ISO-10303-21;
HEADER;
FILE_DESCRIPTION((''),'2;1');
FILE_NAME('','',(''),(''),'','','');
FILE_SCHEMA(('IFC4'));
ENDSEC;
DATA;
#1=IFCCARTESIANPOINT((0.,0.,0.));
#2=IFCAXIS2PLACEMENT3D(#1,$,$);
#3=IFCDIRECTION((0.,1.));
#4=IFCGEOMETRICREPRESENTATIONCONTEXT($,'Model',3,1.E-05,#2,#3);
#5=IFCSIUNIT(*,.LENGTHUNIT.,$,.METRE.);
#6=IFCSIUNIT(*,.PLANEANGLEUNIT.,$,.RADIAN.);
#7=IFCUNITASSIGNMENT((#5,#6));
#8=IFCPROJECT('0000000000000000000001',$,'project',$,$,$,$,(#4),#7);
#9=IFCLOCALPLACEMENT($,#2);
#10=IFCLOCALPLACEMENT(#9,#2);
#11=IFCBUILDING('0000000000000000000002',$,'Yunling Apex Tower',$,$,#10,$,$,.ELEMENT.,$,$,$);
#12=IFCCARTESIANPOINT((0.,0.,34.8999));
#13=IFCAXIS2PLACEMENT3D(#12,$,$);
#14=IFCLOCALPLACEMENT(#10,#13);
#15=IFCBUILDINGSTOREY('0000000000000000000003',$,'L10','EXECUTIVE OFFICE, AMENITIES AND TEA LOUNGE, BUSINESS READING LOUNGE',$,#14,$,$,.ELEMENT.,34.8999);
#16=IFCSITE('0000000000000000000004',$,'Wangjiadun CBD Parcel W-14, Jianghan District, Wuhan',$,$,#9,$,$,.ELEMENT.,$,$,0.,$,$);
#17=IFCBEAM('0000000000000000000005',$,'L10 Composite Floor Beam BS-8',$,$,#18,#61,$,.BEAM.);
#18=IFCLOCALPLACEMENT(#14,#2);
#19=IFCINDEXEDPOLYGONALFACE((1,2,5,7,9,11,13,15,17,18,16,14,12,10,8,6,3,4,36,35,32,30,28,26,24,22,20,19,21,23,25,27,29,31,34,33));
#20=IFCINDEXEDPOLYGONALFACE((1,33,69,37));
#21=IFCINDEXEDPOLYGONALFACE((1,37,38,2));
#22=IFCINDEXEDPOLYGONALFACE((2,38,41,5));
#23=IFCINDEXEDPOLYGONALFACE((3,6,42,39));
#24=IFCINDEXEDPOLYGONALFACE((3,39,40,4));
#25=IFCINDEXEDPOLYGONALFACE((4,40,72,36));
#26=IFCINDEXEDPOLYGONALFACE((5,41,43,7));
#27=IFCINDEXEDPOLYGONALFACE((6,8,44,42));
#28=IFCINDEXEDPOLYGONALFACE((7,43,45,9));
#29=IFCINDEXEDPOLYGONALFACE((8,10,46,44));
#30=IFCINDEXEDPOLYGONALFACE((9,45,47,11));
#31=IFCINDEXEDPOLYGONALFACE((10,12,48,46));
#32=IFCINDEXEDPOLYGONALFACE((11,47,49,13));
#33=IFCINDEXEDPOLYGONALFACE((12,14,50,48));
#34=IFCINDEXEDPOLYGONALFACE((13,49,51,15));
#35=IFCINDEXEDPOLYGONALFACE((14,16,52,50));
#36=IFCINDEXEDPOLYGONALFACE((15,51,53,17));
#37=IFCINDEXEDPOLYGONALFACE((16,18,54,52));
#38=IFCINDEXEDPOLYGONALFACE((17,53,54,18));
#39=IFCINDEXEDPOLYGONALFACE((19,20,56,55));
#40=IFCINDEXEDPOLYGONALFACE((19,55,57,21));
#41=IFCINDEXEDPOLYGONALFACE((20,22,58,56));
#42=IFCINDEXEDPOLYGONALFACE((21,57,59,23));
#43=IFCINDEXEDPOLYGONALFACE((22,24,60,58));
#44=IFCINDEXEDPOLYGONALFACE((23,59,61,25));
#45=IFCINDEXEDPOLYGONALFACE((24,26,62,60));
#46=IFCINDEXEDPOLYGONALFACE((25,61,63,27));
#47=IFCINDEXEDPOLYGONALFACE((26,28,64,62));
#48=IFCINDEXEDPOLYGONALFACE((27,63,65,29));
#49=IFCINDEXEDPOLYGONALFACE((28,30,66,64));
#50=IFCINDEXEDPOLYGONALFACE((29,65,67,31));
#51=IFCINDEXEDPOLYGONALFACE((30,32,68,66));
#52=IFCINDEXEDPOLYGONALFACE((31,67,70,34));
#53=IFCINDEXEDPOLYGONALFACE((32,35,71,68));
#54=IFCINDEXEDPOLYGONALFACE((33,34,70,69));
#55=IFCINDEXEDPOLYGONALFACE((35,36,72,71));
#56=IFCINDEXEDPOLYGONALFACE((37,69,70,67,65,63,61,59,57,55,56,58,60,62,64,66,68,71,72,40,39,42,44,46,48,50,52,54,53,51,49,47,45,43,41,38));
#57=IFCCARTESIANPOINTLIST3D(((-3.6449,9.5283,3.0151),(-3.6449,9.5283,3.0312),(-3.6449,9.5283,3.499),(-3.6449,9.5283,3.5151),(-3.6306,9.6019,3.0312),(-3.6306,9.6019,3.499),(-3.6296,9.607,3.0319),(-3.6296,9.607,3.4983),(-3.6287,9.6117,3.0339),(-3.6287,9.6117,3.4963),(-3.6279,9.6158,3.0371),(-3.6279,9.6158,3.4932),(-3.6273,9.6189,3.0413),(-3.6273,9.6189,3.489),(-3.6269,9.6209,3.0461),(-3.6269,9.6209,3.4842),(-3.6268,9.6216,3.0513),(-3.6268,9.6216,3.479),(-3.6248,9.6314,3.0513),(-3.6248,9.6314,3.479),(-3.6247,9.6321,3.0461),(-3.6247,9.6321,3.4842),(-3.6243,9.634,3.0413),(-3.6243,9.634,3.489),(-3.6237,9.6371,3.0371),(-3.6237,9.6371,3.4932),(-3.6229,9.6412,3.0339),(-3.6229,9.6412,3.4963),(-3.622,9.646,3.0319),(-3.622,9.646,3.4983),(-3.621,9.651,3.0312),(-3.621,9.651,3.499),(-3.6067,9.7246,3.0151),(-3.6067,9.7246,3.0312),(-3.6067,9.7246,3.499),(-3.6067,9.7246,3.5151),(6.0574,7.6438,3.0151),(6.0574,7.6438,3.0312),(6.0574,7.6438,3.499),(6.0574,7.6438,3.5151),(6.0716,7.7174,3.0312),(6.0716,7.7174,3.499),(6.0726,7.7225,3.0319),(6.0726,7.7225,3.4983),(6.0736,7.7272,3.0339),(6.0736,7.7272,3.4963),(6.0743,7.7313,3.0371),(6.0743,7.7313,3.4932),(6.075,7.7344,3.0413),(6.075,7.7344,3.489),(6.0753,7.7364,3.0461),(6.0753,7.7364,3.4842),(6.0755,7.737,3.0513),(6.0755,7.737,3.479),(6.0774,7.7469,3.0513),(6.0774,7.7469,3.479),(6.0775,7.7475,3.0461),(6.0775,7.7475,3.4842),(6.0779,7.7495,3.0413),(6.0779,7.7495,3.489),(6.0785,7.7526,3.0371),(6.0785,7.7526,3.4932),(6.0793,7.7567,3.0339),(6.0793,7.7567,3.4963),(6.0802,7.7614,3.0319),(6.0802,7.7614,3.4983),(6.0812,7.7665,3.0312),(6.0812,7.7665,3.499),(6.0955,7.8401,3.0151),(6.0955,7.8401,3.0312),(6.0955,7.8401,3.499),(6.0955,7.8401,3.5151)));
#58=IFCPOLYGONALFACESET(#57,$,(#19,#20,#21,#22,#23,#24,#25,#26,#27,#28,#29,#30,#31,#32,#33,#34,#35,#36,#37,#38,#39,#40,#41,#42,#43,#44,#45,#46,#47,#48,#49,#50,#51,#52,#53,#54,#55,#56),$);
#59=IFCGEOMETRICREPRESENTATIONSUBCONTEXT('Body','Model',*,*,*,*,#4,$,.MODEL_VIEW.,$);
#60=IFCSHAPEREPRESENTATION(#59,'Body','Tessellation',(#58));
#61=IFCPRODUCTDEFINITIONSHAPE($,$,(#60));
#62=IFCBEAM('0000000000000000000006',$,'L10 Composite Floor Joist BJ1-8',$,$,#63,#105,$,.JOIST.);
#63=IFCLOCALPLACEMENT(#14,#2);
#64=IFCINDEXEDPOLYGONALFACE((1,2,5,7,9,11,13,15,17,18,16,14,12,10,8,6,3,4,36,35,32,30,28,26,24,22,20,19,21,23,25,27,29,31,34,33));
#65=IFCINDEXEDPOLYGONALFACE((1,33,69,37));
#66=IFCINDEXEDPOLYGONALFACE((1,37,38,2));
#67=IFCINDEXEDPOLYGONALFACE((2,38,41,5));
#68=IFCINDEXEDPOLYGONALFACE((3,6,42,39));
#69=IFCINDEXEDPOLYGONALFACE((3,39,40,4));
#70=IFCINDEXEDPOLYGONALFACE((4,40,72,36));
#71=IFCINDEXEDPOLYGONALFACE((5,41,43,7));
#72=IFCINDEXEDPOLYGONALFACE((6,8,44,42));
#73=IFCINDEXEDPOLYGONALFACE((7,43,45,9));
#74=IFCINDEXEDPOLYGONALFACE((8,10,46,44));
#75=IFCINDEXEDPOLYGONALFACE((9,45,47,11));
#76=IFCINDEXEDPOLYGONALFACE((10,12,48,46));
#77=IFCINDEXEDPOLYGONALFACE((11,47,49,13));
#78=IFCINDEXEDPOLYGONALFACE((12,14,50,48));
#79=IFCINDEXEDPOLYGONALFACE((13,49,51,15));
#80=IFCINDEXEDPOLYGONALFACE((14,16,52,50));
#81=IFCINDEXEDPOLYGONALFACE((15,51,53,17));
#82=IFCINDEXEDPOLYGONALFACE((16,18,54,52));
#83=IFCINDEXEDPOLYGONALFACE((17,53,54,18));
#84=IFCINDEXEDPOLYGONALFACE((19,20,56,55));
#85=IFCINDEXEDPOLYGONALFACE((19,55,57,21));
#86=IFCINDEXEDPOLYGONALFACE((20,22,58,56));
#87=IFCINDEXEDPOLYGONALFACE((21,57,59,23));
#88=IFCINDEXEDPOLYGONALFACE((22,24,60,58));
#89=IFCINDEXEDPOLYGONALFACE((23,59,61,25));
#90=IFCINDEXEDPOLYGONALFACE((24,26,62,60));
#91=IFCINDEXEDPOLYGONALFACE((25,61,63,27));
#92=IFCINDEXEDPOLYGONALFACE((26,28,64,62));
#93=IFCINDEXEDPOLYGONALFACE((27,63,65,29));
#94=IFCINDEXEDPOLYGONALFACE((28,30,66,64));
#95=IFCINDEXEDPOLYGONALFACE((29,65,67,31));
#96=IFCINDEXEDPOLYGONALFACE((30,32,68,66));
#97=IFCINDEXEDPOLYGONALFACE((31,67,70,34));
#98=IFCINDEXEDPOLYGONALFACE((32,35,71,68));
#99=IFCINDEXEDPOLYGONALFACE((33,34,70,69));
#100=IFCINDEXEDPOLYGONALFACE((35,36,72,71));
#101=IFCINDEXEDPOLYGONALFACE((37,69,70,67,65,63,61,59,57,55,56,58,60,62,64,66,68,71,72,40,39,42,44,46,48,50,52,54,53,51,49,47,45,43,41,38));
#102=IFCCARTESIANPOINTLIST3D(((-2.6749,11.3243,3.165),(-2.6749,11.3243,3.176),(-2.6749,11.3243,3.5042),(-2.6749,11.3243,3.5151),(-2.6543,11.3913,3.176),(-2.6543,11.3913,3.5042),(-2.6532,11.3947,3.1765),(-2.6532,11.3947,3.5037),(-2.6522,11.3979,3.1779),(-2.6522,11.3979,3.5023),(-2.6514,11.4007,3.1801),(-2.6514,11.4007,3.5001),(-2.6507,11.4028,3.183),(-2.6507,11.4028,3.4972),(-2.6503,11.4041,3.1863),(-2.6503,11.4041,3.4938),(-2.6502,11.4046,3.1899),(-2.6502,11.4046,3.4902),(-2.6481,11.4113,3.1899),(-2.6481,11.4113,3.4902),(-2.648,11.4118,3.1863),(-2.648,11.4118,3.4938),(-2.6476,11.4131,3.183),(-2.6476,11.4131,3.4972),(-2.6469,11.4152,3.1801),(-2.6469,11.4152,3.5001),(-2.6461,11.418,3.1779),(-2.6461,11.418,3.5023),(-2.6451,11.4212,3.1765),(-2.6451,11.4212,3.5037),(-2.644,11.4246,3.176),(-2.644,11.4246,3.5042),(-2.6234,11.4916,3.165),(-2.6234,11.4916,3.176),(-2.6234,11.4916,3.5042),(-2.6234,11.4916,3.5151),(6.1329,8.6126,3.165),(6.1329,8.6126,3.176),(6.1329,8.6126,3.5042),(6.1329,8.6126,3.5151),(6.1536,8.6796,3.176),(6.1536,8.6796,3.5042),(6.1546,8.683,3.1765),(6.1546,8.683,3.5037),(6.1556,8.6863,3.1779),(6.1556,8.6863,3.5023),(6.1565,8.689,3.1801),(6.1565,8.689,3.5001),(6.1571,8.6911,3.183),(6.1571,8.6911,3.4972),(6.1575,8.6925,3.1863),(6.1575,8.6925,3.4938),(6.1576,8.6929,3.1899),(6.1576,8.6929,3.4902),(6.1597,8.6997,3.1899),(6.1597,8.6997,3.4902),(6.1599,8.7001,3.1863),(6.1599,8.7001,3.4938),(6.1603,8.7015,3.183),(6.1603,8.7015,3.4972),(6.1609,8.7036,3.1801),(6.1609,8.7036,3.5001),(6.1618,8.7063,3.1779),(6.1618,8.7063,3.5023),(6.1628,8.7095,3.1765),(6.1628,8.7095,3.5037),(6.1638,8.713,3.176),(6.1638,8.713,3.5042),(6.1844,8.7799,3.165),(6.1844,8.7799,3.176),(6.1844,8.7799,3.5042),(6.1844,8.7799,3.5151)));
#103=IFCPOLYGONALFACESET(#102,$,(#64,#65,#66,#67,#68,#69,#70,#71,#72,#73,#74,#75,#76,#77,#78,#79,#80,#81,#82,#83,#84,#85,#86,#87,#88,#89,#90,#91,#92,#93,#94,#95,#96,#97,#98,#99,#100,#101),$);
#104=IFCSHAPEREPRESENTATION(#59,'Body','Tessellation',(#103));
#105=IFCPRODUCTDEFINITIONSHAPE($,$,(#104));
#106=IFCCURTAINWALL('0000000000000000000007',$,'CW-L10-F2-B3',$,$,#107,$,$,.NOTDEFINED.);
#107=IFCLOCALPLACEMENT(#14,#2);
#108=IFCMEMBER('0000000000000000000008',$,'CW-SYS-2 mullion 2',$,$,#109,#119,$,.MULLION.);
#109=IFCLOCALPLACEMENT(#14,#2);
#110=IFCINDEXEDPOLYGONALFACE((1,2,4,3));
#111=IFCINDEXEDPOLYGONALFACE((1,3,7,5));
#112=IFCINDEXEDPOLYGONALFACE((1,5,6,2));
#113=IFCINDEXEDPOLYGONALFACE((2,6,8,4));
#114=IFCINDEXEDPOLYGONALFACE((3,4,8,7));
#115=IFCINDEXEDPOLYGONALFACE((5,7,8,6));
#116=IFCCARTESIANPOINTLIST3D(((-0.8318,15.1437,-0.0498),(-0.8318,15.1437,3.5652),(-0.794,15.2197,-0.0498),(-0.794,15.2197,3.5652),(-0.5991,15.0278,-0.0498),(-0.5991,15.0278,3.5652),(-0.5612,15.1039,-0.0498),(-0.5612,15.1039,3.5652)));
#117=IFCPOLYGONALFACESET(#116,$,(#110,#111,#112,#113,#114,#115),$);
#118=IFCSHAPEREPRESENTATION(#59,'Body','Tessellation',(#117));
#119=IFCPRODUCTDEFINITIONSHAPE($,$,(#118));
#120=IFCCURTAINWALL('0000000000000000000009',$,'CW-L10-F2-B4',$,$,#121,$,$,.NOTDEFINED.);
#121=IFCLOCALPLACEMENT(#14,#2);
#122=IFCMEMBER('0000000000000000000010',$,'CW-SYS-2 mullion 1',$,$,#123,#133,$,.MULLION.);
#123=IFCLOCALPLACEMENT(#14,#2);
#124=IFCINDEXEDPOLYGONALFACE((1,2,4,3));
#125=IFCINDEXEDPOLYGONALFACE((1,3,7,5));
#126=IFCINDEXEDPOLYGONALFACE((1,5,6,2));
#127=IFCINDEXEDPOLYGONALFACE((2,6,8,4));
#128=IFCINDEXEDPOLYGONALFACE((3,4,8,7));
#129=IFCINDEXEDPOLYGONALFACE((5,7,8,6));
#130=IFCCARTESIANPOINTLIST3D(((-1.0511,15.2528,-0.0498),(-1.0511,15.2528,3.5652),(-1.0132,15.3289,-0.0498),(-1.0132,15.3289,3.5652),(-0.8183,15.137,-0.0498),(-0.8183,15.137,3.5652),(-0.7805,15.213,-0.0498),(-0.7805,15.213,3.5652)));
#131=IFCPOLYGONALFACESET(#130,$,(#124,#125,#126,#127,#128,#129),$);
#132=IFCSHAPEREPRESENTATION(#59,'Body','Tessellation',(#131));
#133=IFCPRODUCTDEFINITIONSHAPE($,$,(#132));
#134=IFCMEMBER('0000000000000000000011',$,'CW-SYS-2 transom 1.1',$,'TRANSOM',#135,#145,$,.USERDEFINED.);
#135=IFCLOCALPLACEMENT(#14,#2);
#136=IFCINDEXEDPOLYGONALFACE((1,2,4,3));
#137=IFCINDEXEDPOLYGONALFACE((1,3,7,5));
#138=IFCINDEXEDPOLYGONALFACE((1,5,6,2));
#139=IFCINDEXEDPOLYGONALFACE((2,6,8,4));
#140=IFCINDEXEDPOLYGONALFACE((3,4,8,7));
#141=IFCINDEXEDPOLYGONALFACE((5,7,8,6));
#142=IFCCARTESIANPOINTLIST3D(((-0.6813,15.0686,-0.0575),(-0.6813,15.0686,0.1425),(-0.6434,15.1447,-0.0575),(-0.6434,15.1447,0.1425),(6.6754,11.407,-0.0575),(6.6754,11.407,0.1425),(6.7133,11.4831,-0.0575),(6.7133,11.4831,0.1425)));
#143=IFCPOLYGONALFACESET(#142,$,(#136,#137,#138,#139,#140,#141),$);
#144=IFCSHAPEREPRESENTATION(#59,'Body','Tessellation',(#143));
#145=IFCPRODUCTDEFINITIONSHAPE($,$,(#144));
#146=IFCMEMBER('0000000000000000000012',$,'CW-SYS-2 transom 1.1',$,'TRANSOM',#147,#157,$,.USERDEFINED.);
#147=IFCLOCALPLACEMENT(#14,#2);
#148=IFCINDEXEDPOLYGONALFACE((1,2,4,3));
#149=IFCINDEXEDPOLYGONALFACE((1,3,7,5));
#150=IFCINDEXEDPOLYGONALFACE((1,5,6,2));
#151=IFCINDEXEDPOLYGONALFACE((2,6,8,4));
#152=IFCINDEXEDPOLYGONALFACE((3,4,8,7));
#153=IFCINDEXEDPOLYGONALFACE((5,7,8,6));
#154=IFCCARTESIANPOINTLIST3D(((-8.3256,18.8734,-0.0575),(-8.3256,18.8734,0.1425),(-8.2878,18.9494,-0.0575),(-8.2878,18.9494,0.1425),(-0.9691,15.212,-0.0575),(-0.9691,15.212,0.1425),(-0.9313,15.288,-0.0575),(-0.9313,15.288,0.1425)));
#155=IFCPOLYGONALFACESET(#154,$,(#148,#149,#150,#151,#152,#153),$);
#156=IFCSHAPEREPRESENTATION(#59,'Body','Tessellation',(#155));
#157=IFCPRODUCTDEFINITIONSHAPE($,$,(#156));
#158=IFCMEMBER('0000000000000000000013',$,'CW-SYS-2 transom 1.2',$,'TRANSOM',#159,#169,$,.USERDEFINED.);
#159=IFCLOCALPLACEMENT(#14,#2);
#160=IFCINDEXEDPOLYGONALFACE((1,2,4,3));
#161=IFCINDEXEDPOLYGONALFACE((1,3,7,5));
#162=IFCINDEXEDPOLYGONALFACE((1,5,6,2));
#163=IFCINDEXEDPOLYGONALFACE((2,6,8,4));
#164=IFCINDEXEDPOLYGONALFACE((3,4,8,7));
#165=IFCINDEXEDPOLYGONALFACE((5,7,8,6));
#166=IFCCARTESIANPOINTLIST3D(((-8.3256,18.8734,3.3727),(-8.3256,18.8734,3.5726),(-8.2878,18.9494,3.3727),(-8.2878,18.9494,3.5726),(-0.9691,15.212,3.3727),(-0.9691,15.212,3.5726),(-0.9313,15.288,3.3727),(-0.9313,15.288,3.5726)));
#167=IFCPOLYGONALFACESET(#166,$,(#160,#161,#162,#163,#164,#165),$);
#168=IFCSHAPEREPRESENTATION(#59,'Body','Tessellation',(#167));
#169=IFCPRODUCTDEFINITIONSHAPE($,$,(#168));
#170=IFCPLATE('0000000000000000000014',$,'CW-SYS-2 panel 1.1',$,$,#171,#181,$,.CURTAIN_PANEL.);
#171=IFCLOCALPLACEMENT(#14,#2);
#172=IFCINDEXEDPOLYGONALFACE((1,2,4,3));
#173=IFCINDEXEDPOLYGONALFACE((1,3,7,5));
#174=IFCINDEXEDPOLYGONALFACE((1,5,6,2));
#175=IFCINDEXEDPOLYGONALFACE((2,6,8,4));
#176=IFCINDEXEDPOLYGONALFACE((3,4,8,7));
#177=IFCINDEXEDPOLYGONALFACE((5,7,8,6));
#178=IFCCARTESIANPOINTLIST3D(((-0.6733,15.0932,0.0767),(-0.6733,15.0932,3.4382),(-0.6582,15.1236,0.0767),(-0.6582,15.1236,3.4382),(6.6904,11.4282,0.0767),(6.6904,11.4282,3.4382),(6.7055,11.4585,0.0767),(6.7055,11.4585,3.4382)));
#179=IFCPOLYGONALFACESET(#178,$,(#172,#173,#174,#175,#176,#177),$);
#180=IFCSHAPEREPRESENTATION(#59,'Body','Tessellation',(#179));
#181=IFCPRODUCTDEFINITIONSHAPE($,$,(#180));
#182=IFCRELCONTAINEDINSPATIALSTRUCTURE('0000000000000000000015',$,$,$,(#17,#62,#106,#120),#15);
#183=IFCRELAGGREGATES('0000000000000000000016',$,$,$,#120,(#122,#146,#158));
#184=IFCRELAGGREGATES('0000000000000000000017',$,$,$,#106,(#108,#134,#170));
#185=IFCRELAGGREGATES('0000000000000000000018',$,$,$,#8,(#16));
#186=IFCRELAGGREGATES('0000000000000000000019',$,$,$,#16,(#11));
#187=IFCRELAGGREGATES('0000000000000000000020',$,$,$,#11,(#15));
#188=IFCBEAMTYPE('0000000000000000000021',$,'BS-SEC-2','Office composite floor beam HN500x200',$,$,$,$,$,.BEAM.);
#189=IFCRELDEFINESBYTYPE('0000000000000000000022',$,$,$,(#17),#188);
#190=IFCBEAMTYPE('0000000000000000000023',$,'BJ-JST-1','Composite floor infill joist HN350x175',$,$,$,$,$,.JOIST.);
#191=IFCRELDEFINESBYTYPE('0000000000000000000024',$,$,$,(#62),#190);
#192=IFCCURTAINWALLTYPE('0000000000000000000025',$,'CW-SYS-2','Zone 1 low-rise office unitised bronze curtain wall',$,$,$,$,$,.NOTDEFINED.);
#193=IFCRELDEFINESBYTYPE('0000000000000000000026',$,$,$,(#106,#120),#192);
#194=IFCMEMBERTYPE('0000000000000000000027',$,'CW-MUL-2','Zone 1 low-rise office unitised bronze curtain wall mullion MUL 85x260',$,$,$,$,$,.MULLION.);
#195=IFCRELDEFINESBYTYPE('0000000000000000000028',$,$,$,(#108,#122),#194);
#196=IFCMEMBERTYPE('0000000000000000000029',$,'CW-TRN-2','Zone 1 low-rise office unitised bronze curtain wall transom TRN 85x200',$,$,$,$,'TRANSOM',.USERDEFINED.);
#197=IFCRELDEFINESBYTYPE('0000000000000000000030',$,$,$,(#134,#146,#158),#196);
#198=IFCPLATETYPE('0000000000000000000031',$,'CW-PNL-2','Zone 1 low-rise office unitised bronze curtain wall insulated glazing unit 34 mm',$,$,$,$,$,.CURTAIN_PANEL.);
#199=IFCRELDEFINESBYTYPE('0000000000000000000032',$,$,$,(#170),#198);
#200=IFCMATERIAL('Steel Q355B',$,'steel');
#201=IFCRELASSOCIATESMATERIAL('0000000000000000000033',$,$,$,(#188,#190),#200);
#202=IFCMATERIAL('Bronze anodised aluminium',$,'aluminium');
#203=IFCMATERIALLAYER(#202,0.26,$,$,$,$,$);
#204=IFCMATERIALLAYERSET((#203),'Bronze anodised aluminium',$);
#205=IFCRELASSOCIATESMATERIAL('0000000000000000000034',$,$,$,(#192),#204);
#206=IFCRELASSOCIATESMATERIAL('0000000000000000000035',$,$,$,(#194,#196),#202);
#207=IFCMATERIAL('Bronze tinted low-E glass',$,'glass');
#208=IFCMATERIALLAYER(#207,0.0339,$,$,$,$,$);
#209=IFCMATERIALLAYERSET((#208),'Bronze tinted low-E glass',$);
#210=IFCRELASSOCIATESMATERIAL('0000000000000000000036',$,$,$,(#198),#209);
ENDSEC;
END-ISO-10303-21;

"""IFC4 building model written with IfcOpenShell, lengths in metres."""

from ifc_helpers import new_model, si_unit, direction, frame, origin, origin_2d, place, context, subcontext, project, spatial, rectangle, i_section, extrude, source, transform, mapped, material, layer, layer_set, material_profile, profile_set, type_object, element, aggregate, save


model = new_model("IFC4")

# Units and contexts
model_context = context("Model", 3, precision=1e-05, world=origin(), true_north=direction((0.0, 1.0)))
body_context = subcontext(model_context, "Body", "Model", "MODEL_VIEW")
ifc_project = project(units=[si_unit("LENGTHUNIT", "METRE"), si_unit("PLANEANGLEUNIT", "RADIAN")], contexts=[model_context])

# Site, building, storey
site_placement = place(None, origin())
site = spatial("IfcSite", under=ifc_project, at=site_placement, Name="Wangjiadun CBD Parcel W-14, Jianghan District, Wuhan", CompositionType="ELEMENT", RefElevation=0.0)
building_placement = place(site_placement, origin())
building = spatial("IfcBuilding", under=site, at=building_placement, Name="Yunling Apex Tower", CompositionType="ELEMENT")
storey_placement = place(building_placement, frame((0.0, 0.0, 34.8999)))
storey = spatial("IfcBuildingStorey", under=building, at=storey_placement, Name="L10", Description="EXECUTIVE OFFICE, AMENITIES AND TEA LOUNGE, BUSINESS READING LOUNGE", CompositionType="ELEMENT", Elevation=34.8999)

# Beams
ifc_material_1 = material(Name="Steel Q355B", Category="steel")
ifc_material_profile_1 = material_profile(ifc_material_1, i_section(OverallWidth=0.2, OverallDepth=0.5, WebThickness=0.01, FlangeThickness=0.0161, FilletRadius=0.02, at=origin_2d()))
ifc_profile_set_1 = profile_set([ifc_material_profile_1], Name="Steel Q355B")
beam_type_1 = type_object("IfcBeamType", Name="BS-SEC-2", Description="Office composite floor beam HN500x200", PredefinedType="BEAM", material=ifc_profile_set_1)
shared_shape_1 = source(origin(), body_context, "Body", "SweptSolid", [
    extrude(i_section(OverallWidth=0.2, OverallDepth=0.5, WebThickness=0.01, FlangeThickness=0.0161, FilletRadius=0.02, at=origin_2d()), origin(), (0.0, 0.0, 1.0), 9.8835),
])
beam_1_placement = place(storey_placement, frame((6.0764, 7.7419, 3.2651), z_axis=(-0.981653, 0.190674, 0.0), x_axis=(-0.190674, -0.981653, 0.0)))
element("IfcBeam", 1, at=beam_1_placement, inside=storey, type_object=beam_type_1, Name="L10 Composite Floor Beam BS-8", PredefinedType="BEAM", context=body_context, shape_type="MappedRepresentation", body=[
    mapped(shared_shape_1, transform((0.0, 0.0, 0.0), scale=1.0)),
])
ifc_material_profile_2 = material_profile(ifc_material_1, i_section(OverallWidth=0.175, OverallDepth=0.3501, WebThickness=0.0071, FlangeThickness=0.011, FilletRadius=0.0139, at=origin_2d()))
ifc_profile_set_2 = profile_set([ifc_material_profile_2], Name="Steel Q355B")
beam_type_2 = type_object("IfcBeamType", Name="BJ-JST-1", Description="Composite floor infill joist HN350x175", PredefinedType="JOIST", material=ifc_profile_set_2)
shared_shape_2 = source(origin(), body_context, "Body", "SweptSolid", [
    extrude(i_section(OverallWidth=0.175, OverallDepth=0.3501, WebThickness=0.0071, FlangeThickness=0.011, FilletRadius=0.0139, at=origin_2d()), origin(), (0.0, 0.0, 1.0), 9.2158),
])
beam_2_placement = place(storey_placement, frame((6.1587, 8.6963, 3.3401), z_axis=(-0.955731, 0.29424, 0.0), x_axis=(-0.29424, -0.955731, 0.0)))
element("IfcBeam", 2, at=beam_2_placement, inside=storey, type_object=beam_type_2, Name="L10 Composite Floor Joist BJ1-8", PredefinedType="JOIST", context=body_context, shape_type="MappedRepresentation", body=[
    mapped(shared_shape_2, transform((0.0, 0.0, 0.0), scale=1.0)),
])

# Curtain walls, members
ifc_material_2 = material(Name="Bronze anodised aluminium", Category="aluminium")
ifc_layer_1 = layer(ifc_material_2, 0.26)
ifc_layer_set_1 = layer_set([ifc_layer_1], Name="Bronze anodised aluminium")
curtain_wall_type = type_object("IfcCurtainWallType", Name="CW-SYS-2", Description="Zone 1 low-rise office unitised bronze curtain wall", PredefinedType="NOTDEFINED", material=ifc_layer_set_1)
curtain_wall_1_placement = place(storey_placement, origin())
curtain_wall_1 = element("IfcCurtainWall", 3, at=curtain_wall_1_placement, inside=storey, type_object=curtain_wall_type, Name="CW-L10-F2-B3", PredefinedType="NOTDEFINED")
ifc_material_profile_3 = material_profile(ifc_material_2, rectangle(XDim=0.085, YDim=0.26, at=origin_2d()))
ifc_profile_set_3 = profile_set([ifc_material_profile_3], Name="Bronze anodised aluminium")
member_type_1 = type_object("IfcMemberType", Name="CW-MUL-2", Description="Zone 1 low-rise office unitised bronze curtain wall mullion MUL 85x260", PredefinedType="MULLION", material=ifc_profile_set_3)
shared_shape_3 = source(origin(), body_context, "Body", "SweptSolid", [
    extrude(rectangle(XDim=0.085, YDim=0.26, at=origin_2d()), origin(), (0.0, 0.0, 1.0), 3.615),
])
member_1_placement = place(storey_placement, frame((-0.6965, 15.1238, -0.0498), z_axis=(0.0, 0.0, 1.0), x_axis=(-0.44558, -0.895242, 0.0)))
member_1 = element("IfcMember", 4, at=member_1_placement, type_object=member_type_1, Name="CW-SYS-2 mullion 2", PredefinedType="MULLION", context=body_context, shape_type="MappedRepresentation", body=[
    mapped(shared_shape_3, transform((0.0, 0.0, 0.0), scale=1.0)),
])
curtain_wall_2_placement = place(storey_placement, origin())
curtain_wall_2 = element("IfcCurtainWall", 5, at=curtain_wall_2_placement, inside=storey, type_object=curtain_wall_type, Name="CW-L10-F2-B4", PredefinedType="NOTDEFINED")
member_2_placement = place(storey_placement, frame((-0.9158, 15.2329, -0.0498), z_axis=(0.0, 0.0, 1.0), x_axis=(-0.445571, -0.895247, 0.0)))
member_2 = element("IfcMember", 6, at=member_2_placement, type_object=member_type_1, Name="CW-SYS-2 mullion 1", PredefinedType="MULLION", context=body_context, shape_type="MappedRepresentation", body=[
    mapped(shared_shape_3, transform((0.0, 0.0, 0.0), scale=1.0)),
])

# Members
ifc_material_profile_4 = material_profile(ifc_material_2, rectangle(XDim=0.085, YDim=0.2, at=origin_2d()))
ifc_profile_set_4 = profile_set([ifc_material_profile_4], Name="Bronze anodised aluminium")
member_type_2 = type_object("IfcMemberType", Name="CW-TRN-2", Description="Zone 1 low-rise office unitised bronze curtain wall transom TRN 85x200", ElementType="TRANSOM", PredefinedType="USERDEFINED", material=ifc_profile_set_4)
shared_shape_4 = source(origin(), body_context, "Body", "SweptSolid", [
    extrude(rectangle(XDim=0.085, YDim=0.2, at=origin_2d()), origin(), (0.0, 0.0, 1.0), 8.2175),
])
member_3_placement = place(storey_placement, frame((6.6943, 11.4451, 0.0425), z_axis=(-0.89524, 0.445585, 0.0), x_axis=(-0.445585, -0.89524, 0.0)))
member_3 = element("IfcMember", 7, at=member_3_placement, type_object=member_type_2, Name="CW-SYS-2 transom 1.1", ObjectType="TRANSOM", PredefinedType="USERDEFINED", context=body_context, shape_type="MappedRepresentation", body=[
    mapped(shared_shape_4, transform((0.0, 0.0, 0.0), scale=1.0)),
])
shared_shape_5 = source(origin(), body_context, "Body", "SweptSolid", [
    extrude(rectangle(XDim=0.085, YDim=0.2, at=origin_2d()), origin(), (0.0, 0.0, 1.0), 8.2173),
])
member_4_placement = place(storey_placement, frame((-0.9502, 15.25, 0.0425), z_axis=(-0.895246, 0.445573, 0.0), x_axis=(-0.445573, -0.895246, 0.0)))
member_4 = element("IfcMember", 8, at=member_4_placement, type_object=member_type_2, Name="CW-SYS-2 transom 1.1", ObjectType="TRANSOM", PredefinedType="USERDEFINED", context=body_context, shape_type="MappedRepresentation", body=[
    mapped(shared_shape_5, transform((0.0, 0.0, 0.0), scale=1.0)),
])
member_5_placement = place(storey_placement, frame((-0.9502, 15.25, 3.4727), z_axis=(-0.895246, 0.445573, 0.0), x_axis=(-0.445573, -0.895246, 0.0)))
member_5 = element("IfcMember", 9, at=member_5_placement, type_object=member_type_2, Name="CW-SYS-2 transom 1.2", ObjectType="TRANSOM", PredefinedType="USERDEFINED", context=body_context, shape_type="MappedRepresentation", body=[
    mapped(shared_shape_5, transform((0.0, 0.0, 0.0), scale=1.0)),
])
aggregate(curtain_wall_2, [member_2, member_4, member_5])

# Plate
ifc_material_3 = material(Name="Bronze tinted low-E glass", Category="glass")
ifc_layer_2 = layer(ifc_material_3, 0.0339)
ifc_layer_set_2 = layer_set([ifc_layer_2], Name="Bronze tinted low-E glass")
plate_type = type_object("IfcPlateType", Name="CW-PNL-2", Description="Zone 1 low-rise office unitised bronze curtain wall insulated glazing unit 34 mm", PredefinedType="CURTAIN_PANEL", material=ifc_layer_set_2)
shared_shape_6 = source(origin(), body_context, "Body", "SweptSolid", [
    extrude(rectangle(XDim=8.2253, YDim=0.0339, at=origin_2d()), origin(), (0.0, 0.0, 1.0), 3.3616),
])
plate_placement = place(storey_placement, frame((3.0161, 13.2759, 0.0767), z_axis=(0.0, 0.0, 1.0), x_axis=(-0.895242, 0.44558, 0.0)))
plate = element("IfcPlate", 10, at=plate_placement, type_object=plate_type, Name="CW-SYS-2 panel 1.1", PredefinedType="CURTAIN_PANEL", context=body_context, shape_type="MappedRepresentation", body=[
    mapped(shared_shape_6, transform((0.0, 0.0, 0.0), scale=1.0)),
])
aggregate(curtain_wall_1, [member_1, member_3, plate])

save(model, "model.ifc")
